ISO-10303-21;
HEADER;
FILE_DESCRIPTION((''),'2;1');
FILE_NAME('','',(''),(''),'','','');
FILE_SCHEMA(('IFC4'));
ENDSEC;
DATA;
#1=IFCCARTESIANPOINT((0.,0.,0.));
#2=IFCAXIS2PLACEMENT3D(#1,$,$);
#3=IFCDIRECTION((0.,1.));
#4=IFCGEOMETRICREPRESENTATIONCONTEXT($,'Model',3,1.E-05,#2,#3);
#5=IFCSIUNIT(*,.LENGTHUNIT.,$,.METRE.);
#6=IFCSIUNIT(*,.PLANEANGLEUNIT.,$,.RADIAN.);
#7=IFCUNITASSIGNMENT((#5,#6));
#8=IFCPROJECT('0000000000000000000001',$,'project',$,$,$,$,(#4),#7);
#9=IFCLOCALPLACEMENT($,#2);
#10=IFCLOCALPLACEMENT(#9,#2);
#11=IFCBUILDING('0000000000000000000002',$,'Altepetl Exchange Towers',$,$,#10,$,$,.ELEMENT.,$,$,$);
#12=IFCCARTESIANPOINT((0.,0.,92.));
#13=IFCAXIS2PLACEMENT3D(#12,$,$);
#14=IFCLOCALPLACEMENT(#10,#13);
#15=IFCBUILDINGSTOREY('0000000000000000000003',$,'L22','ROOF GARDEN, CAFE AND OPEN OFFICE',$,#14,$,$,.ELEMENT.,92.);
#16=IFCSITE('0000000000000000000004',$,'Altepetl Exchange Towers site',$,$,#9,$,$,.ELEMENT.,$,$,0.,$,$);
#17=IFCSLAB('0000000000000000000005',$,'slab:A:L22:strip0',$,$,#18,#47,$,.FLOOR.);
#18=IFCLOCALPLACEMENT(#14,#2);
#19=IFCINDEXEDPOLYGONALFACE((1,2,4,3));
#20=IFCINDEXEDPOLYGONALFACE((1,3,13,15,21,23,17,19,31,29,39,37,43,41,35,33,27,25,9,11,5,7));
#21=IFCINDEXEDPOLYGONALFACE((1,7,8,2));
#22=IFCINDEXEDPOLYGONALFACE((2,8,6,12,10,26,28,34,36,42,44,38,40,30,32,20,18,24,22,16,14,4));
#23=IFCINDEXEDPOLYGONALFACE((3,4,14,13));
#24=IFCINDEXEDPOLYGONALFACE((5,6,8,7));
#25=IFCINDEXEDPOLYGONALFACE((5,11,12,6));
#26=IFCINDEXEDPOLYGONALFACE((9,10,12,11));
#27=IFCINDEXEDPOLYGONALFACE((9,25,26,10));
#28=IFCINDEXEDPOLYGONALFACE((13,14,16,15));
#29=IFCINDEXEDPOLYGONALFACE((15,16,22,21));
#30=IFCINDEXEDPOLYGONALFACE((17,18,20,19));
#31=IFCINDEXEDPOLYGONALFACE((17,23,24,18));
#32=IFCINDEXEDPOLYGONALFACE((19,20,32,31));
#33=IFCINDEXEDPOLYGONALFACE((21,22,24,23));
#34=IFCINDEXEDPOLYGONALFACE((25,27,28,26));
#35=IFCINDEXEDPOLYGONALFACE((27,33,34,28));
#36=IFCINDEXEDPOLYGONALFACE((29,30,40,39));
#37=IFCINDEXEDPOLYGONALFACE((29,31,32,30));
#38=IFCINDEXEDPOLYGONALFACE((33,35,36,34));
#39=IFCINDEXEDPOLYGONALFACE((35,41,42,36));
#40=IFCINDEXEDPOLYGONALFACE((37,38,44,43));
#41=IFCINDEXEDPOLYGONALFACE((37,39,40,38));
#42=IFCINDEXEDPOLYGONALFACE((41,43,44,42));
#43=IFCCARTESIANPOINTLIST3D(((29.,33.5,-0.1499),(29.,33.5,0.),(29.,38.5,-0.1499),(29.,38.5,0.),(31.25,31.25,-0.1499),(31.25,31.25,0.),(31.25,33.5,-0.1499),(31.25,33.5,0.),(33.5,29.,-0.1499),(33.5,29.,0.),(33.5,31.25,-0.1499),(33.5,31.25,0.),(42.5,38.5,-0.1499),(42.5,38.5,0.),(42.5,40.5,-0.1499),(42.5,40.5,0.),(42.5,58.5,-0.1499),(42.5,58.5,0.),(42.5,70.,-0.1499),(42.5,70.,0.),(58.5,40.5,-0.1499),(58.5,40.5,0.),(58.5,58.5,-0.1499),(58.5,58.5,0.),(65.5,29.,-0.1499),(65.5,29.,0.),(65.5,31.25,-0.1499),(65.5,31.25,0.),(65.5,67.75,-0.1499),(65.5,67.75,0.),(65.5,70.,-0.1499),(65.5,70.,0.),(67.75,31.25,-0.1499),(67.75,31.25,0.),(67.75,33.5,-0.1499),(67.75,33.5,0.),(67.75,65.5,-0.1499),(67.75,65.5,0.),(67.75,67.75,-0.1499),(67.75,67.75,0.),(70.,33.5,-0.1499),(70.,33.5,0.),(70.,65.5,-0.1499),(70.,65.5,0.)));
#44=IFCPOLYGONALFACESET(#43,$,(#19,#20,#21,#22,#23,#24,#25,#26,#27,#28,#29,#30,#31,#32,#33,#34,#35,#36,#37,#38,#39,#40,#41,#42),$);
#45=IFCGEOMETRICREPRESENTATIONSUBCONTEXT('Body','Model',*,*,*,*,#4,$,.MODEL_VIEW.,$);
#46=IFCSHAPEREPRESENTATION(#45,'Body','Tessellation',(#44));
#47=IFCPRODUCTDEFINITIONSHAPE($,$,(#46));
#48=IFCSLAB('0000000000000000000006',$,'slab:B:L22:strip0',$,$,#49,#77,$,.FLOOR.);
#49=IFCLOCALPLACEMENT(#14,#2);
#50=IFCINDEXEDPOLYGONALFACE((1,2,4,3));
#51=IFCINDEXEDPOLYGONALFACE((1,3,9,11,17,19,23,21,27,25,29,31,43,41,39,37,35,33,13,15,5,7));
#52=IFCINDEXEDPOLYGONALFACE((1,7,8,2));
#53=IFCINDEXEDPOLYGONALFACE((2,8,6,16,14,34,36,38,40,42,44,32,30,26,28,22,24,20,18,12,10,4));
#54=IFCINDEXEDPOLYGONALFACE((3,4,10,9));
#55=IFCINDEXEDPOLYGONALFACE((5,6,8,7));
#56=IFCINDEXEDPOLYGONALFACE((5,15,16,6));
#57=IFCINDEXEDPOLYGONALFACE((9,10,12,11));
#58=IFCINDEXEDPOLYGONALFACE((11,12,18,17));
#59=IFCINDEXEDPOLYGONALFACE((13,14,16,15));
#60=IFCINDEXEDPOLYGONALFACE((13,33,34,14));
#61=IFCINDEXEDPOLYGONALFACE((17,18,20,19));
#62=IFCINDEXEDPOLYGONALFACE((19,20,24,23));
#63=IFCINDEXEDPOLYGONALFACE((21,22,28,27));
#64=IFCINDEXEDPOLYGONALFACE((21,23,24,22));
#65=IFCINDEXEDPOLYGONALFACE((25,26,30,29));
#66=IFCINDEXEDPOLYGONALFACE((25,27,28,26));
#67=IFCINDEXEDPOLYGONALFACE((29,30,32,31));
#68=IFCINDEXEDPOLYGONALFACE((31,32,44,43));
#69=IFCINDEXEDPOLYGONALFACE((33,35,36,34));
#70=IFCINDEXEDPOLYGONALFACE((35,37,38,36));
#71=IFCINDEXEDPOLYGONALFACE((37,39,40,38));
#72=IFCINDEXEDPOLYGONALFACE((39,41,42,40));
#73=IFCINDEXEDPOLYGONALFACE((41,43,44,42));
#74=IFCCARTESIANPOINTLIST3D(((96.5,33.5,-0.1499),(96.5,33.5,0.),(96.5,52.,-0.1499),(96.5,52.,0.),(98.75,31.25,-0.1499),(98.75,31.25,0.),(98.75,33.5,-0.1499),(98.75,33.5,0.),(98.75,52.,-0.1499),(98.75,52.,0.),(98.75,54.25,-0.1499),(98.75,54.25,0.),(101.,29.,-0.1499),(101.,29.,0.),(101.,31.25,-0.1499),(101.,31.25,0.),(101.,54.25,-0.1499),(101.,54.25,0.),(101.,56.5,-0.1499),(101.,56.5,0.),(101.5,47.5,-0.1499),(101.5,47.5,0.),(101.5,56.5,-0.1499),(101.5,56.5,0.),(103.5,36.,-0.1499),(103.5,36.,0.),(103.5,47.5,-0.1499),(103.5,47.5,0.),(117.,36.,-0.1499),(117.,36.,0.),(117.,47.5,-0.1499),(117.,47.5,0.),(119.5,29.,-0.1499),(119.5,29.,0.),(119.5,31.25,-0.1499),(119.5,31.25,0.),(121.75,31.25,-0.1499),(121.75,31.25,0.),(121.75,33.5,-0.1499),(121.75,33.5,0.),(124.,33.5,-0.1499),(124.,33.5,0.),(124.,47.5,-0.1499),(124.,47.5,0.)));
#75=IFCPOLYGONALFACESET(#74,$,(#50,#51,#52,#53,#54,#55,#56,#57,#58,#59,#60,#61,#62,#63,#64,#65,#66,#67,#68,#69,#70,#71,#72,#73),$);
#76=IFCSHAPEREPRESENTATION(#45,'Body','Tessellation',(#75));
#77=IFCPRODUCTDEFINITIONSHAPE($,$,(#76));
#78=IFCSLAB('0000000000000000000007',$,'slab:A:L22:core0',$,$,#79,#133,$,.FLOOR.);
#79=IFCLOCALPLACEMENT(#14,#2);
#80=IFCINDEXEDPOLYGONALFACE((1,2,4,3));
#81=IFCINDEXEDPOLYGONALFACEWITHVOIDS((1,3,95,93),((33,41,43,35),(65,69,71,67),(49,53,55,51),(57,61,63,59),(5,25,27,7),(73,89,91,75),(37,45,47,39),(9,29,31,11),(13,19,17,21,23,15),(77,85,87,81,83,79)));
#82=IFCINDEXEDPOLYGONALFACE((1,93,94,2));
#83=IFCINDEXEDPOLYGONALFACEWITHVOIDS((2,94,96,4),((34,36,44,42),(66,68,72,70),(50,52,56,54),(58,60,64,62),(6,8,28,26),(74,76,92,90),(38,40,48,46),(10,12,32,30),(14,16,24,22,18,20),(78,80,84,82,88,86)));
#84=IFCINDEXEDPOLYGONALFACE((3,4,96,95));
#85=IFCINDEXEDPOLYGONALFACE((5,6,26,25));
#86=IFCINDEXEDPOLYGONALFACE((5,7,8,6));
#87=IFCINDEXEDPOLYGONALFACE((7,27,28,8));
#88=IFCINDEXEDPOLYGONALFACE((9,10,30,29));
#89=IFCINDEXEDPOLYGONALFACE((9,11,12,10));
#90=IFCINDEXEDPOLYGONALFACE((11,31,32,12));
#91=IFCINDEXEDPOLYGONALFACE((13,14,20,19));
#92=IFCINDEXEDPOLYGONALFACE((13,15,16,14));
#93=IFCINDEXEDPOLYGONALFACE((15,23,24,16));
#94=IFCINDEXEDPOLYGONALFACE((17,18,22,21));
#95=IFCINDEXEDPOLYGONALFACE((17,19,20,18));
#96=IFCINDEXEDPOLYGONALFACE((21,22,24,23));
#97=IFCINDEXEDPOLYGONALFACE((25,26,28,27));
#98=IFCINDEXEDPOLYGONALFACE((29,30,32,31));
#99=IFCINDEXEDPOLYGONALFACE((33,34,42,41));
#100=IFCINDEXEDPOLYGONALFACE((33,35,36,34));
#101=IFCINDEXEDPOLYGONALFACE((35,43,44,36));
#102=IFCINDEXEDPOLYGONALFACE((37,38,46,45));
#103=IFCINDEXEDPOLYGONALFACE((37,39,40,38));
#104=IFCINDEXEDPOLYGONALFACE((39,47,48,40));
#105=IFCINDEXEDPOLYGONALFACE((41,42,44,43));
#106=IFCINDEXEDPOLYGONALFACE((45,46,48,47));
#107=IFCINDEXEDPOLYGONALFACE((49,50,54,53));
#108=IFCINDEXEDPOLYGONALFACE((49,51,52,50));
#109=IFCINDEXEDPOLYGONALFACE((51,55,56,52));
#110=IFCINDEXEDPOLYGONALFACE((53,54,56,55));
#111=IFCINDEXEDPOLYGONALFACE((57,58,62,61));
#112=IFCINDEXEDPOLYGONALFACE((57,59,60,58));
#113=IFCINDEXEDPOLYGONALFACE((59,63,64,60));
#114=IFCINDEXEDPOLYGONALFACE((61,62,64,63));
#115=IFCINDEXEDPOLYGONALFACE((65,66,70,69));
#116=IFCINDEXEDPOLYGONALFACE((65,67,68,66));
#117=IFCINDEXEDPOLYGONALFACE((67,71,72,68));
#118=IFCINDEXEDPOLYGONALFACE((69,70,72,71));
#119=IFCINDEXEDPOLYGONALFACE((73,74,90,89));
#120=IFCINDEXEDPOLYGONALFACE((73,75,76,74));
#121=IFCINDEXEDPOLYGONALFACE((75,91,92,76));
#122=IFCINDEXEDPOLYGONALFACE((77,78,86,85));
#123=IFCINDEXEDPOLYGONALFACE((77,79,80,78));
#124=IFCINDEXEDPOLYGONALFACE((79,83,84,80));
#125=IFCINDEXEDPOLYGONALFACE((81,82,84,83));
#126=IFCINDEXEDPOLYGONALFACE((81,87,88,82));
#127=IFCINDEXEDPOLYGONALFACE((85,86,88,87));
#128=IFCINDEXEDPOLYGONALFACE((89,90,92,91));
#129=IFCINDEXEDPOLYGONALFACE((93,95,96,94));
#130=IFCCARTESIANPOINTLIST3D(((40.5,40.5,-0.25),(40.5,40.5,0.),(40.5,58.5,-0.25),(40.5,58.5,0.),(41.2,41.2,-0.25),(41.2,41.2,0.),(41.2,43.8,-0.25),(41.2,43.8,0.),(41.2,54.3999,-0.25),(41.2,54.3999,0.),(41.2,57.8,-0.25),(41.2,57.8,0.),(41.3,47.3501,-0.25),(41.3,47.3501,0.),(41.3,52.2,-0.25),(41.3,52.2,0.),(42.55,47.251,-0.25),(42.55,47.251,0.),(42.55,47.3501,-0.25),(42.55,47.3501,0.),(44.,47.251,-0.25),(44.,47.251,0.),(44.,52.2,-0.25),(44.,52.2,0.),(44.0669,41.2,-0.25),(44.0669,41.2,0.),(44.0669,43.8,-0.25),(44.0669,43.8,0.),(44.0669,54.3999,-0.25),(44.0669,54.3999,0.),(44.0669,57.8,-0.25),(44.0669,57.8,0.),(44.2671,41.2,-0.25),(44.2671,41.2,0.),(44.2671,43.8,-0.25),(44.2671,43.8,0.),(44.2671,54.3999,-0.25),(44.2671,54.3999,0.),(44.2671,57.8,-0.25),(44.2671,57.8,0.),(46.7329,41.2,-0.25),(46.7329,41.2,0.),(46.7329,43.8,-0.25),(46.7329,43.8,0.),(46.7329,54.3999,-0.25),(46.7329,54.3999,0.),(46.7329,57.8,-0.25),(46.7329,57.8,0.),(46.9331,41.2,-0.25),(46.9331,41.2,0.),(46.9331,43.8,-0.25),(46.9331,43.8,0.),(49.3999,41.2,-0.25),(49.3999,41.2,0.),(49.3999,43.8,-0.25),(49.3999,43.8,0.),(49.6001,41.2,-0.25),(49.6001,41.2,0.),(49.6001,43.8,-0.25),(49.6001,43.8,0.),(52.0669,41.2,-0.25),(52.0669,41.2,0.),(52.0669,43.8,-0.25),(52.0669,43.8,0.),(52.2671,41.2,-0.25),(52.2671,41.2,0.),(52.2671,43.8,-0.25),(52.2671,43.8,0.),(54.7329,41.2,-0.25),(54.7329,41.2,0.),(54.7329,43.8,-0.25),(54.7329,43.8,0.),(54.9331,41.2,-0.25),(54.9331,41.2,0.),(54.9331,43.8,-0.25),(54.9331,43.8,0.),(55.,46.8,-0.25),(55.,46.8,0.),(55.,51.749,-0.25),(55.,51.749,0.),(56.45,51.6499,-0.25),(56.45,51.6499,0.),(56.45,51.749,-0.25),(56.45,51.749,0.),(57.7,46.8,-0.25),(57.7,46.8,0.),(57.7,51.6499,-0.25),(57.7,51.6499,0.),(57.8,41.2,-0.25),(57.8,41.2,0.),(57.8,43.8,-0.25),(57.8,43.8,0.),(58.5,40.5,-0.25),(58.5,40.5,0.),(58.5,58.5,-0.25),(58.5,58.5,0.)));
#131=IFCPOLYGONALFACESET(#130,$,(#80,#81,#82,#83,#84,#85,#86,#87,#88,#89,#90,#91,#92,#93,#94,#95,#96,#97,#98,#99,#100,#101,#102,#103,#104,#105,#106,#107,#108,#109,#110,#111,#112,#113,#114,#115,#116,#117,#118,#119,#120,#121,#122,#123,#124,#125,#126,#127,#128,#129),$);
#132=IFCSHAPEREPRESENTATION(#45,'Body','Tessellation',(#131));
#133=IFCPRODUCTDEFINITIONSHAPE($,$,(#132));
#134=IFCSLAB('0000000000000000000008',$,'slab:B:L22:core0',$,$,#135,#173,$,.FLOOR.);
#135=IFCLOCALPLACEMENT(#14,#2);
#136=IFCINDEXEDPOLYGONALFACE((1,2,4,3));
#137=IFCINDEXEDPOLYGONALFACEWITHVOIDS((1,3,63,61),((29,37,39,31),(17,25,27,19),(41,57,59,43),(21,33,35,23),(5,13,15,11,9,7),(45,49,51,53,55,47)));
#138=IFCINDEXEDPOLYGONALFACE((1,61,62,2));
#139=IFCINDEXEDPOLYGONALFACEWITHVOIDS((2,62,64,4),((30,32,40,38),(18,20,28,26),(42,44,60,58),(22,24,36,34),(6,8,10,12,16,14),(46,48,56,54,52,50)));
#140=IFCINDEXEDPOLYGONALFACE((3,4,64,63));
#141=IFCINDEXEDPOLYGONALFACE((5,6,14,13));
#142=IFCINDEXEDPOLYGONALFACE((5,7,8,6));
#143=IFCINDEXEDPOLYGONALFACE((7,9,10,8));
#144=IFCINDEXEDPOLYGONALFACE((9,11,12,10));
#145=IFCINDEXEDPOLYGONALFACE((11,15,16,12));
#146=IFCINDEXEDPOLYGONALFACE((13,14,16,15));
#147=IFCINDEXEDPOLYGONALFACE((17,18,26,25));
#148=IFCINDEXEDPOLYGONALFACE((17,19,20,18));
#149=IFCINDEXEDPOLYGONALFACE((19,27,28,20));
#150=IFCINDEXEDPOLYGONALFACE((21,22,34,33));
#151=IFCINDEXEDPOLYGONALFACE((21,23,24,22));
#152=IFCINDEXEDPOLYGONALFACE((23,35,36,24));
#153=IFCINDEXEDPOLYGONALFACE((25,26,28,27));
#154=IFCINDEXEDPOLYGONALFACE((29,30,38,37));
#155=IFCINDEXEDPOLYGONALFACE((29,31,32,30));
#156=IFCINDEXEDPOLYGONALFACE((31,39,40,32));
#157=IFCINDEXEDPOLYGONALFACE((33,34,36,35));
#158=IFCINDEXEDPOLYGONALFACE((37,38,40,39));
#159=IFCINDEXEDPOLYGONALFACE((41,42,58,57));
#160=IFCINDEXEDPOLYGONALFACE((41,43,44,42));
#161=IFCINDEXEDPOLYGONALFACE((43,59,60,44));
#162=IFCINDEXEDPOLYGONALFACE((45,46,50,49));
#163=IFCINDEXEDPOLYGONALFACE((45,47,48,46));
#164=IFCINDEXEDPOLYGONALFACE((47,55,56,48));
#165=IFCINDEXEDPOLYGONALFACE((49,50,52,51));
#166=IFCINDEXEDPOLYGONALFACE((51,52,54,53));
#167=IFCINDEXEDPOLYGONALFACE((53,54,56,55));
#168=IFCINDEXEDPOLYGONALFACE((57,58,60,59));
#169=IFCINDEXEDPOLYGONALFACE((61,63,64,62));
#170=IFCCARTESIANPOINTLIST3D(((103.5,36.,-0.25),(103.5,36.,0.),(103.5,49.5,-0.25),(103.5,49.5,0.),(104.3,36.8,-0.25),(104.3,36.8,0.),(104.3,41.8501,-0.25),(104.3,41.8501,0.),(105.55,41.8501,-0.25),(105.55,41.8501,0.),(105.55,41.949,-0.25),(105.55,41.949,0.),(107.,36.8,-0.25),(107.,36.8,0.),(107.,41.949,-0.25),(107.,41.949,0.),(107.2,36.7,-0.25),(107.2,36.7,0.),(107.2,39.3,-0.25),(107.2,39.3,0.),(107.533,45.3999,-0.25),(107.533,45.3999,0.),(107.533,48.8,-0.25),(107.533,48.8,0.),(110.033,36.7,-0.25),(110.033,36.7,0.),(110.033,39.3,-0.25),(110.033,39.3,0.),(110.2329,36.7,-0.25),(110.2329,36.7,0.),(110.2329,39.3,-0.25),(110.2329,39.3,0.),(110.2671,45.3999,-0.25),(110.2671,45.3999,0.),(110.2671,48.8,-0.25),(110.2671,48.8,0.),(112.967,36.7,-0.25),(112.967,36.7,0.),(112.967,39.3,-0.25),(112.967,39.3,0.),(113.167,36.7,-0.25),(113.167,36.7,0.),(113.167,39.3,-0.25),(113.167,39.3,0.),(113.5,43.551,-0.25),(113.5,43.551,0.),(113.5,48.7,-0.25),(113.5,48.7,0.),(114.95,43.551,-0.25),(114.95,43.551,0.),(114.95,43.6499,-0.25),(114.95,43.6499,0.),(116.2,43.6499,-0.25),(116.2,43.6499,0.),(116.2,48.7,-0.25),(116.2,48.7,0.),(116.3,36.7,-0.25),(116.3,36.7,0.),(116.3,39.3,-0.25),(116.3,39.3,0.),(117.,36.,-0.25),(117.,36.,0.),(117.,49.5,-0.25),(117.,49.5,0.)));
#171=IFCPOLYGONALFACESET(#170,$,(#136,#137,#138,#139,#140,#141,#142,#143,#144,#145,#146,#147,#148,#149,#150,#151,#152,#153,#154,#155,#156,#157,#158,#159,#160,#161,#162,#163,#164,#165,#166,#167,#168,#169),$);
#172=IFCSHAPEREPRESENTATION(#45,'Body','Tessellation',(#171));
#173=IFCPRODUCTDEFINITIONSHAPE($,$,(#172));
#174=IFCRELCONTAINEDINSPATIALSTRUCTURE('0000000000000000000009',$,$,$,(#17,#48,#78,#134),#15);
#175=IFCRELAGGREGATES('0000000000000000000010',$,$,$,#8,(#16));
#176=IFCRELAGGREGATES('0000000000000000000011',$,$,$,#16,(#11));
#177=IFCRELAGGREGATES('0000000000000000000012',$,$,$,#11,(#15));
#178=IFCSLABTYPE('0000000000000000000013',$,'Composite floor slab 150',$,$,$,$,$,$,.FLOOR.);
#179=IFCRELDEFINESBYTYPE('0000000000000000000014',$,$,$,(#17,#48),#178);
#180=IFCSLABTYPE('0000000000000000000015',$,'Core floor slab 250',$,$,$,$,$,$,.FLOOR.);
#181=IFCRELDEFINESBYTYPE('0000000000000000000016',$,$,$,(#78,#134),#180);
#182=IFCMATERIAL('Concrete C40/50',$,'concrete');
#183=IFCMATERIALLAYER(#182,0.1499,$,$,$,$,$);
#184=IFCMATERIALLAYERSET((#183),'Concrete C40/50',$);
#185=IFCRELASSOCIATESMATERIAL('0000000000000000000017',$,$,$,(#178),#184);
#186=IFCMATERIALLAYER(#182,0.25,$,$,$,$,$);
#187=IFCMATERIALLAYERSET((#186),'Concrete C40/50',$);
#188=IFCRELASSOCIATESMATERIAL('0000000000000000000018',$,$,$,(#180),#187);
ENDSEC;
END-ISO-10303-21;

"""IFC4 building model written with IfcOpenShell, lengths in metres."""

from ifc_helpers import new_model, si_unit, direction, frame, origin, place, context, subcontext, project, spatial, polyline, outline, extrude, material, layer, layer_set, type_object, element, save


model = new_model("IFC4")

# Units and contexts
model_context = context("Model", 3, precision=1e-05, world=origin(), true_north=direction((0.0, 1.0)))
body_context = subcontext(model_context, "Body", "Model", "MODEL_VIEW")
ifc_project = project(units=[si_unit("LENGTHUNIT", "METRE"), si_unit("PLANEANGLEUNIT", "RADIAN")], contexts=[model_context])

# Site, building, storey
site_placement = place(None, origin())
site = spatial("IfcSite", under=ifc_project, at=site_placement, Name="Altepetl Exchange Towers site", CompositionType="ELEMENT", RefElevation=0.0)
building_placement = place(site_placement, origin())
building = spatial("IfcBuilding", under=site, at=building_placement, Name="Altepetl Exchange Towers", CompositionType="ELEMENT")
storey_placement = place(building_placement, frame((0.0, 0.0, 92.0)))
storey = spatial("IfcBuildingStorey", under=building, at=storey_placement, Name="L22", Description="ROOF GARDEN, CAFE AND OPEN OFFICE", CompositionType="ELEMENT", Elevation=92.0)

# Slabs
ifc_material_1 = material(Name="Concrete C40/50", Category="concrete")
ifc_layer_1 = layer(ifc_material_1, 0.1499)
ifc_layer_set_1 = layer_set([ifc_layer_1], Name="Concrete C40/50")
slab_type_1 = type_object("IfcSlabType", Name="Composite floor slab 150", PredefinedType="FLOOR", material=ifc_layer_set_1)
slab_1_placement = place(storey_placement, frame((0.0, 0.0, -0.1499)))
element("IfcSlab", 1, at=slab_1_placement, inside=storey, type_object=slab_type_1, Name="slab:A:L22:strip0", PredefinedType="FLOOR", context=body_context, shape_type="SweptSolid", body=[
    extrude(outline(polyline([(42.5, 70.0), (42.5, 58.5), (58.5, 58.5), (58.5, 40.5), (42.5, 40.5), (42.5, 38.5), (29.0, 38.5), (29.0, 33.5), (31.25, 33.5), (31.25, 31.25), (33.5, 31.25), (33.5, 29.0), (65.5, 29.0), (65.5, 31.25), (67.75, 31.25), (67.75, 33.5), (70.0, 33.5), (70.0, 65.5), (67.75, 65.5), (67.75, 67.75), (65.5, 67.75), (65.5, 70.0), (42.5, 70.0)])), origin(), (0.0, 0.0, 1.0), 0.1499),
])
slab_2_placement = place(storey_placement, frame((0.0, 0.0, -0.1499)))
element("IfcSlab", 2, at=slab_2_placement, inside=storey, type_object=slab_type_1, Name="slab:B:L22:strip0", PredefinedType="FLOOR", context=body_context, shape_type="SweptSolid", body=[
    extrude(outline(polyline([(98.75, 54.25), (98.75, 52.0), (96.5, 52.0), (96.5, 33.5), (98.75, 33.5), (98.75, 31.25), (101.0, 31.25), (101.0, 29.0), (119.5, 29.0), (119.5, 31.25), (121.75, 31.25), (121.75, 33.5), (124.0, 33.5), (124.0, 47.5), (117.0, 47.5), (117.0, 36.0), (103.5, 36.0), (103.5, 47.5), (101.5, 47.5), (101.5, 56.5), (101.0, 56.5), (101.0, 54.25), (98.75, 54.25)])), origin(), (0.0, 0.0, 1.0), 0.1499),
])
ifc_layer_2 = layer(ifc_material_1, 0.25)
ifc_layer_set_2 = layer_set([ifc_layer_2], Name="Concrete C40/50")
slab_type_2 = type_object("IfcSlabType", Name="Core floor slab 250", PredefinedType="FLOOR", material=ifc_layer_set_2)
slab_3_placement = place(storey_placement, frame((0.0, 0.0, -0.25)))
element("IfcSlab", 3, at=slab_3_placement, inside=storey, type_object=slab_type_2, Name="slab:A:L22:core0", PredefinedType="FLOOR", context=body_context, shape_type="SweptSolid", body=[
    extrude(outline(polyline([(40.5, 40.5), (58.5, 40.5), (58.5, 58.5), (40.5, 58.5), (40.5, 40.5)]), holes=[polyline([(41.2, 43.8), (44.0669, 43.8), (44.0669, 41.2), (41.2, 41.2), (41.2, 43.8)]), polyline([(44.2671, 43.8), (46.7329, 43.8), (46.7329, 41.2), (44.2671, 41.2), (44.2671, 43.8)]), polyline([(46.9331, 43.8), (49.3999, 43.8), (49.3999, 41.2), (46.9331, 41.2), (46.9331, 43.8)]), polyline([(52.0669, 43.8), (52.0669, 41.2), (49.6001, 41.2), (49.6001, 43.8), (52.0669, 43.8)]), polyline([(54.7329, 43.8), (54.7329, 41.2), (52.2671, 41.2), (52.2671, 43.8), (54.7329, 43.8)]), polyline([(54.9331, 43.8), (57.8, 43.8), (57.8, 41.2), (54.9331, 41.2), (54.9331, 43.8)]), polyline([(55.0, 51.749), (56.45, 51.749), (56.45, 51.6499), (57.7, 51.6499), (57.7, 46.8), (55.0, 46.8), (55.0, 51.749)]), polyline([(44.0, 47.251), (42.55, 47.251), (42.55, 47.3501), (41.3, 47.3501), (41.3, 52.2), (44.0, 52.2), (44.0, 47.251)]), polyline([(44.0669, 57.8), (44.0669, 54.3999), (41.2, 54.3999), (41.2, 57.8), (44.0669, 57.8)]), polyline([(46.7329, 57.8), (46.7329, 54.3999), (44.2671, 54.3999), (44.2671, 57.8), (46.7329, 57.8)])]), origin(), (0.0, 0.0, 1.0), 0.25),
])
slab_4_placement = place(storey_placement, frame((0.0, 0.0, -0.25)))
element("IfcSlab", 4, at=slab_4_placement, inside=storey, type_object=slab_type_2, Name="slab:B:L22:core0", PredefinedType="FLOOR", context=body_context, shape_type="SweptSolid", body=[
    extrude(outline(polyline([(103.5, 36.0), (117.0, 36.0), (117.0, 49.5), (103.5, 49.5), (103.5, 36.0)]), holes=[polyline([(107.2, 36.7), (107.2, 39.3), (110.033, 39.3), (110.033, 36.7), (107.2, 36.7)]), polyline([(110.2329, 39.3), (112.967, 39.3), (112.967, 36.7), (110.2329, 36.7), (110.2329, 39.3)]), polyline([(113.167, 39.3), (116.3, 39.3), (116.3, 36.7), (113.167, 36.7), (113.167, 39.3)]), polyline([(107.0, 36.8), (104.3, 36.8), (104.3, 41.8501), (105.55, 41.8501), (105.55, 41.949), (107.0, 41.949), (107.0, 36.8)]), polyline([(116.2, 48.7), (116.2, 43.6499), (114.95, 43.6499), (114.95, 43.551), (113.5, 43.551), (113.5, 48.7), (116.2, 48.7)]), polyline([(107.533, 48.8), (110.2671, 48.8), (110.2671, 45.3999), (107.533, 45.3999), (107.533, 48.8)])]), origin(), (0.0, 0.0, 1.0), 0.25),
])

save(model, "model.ifc")
